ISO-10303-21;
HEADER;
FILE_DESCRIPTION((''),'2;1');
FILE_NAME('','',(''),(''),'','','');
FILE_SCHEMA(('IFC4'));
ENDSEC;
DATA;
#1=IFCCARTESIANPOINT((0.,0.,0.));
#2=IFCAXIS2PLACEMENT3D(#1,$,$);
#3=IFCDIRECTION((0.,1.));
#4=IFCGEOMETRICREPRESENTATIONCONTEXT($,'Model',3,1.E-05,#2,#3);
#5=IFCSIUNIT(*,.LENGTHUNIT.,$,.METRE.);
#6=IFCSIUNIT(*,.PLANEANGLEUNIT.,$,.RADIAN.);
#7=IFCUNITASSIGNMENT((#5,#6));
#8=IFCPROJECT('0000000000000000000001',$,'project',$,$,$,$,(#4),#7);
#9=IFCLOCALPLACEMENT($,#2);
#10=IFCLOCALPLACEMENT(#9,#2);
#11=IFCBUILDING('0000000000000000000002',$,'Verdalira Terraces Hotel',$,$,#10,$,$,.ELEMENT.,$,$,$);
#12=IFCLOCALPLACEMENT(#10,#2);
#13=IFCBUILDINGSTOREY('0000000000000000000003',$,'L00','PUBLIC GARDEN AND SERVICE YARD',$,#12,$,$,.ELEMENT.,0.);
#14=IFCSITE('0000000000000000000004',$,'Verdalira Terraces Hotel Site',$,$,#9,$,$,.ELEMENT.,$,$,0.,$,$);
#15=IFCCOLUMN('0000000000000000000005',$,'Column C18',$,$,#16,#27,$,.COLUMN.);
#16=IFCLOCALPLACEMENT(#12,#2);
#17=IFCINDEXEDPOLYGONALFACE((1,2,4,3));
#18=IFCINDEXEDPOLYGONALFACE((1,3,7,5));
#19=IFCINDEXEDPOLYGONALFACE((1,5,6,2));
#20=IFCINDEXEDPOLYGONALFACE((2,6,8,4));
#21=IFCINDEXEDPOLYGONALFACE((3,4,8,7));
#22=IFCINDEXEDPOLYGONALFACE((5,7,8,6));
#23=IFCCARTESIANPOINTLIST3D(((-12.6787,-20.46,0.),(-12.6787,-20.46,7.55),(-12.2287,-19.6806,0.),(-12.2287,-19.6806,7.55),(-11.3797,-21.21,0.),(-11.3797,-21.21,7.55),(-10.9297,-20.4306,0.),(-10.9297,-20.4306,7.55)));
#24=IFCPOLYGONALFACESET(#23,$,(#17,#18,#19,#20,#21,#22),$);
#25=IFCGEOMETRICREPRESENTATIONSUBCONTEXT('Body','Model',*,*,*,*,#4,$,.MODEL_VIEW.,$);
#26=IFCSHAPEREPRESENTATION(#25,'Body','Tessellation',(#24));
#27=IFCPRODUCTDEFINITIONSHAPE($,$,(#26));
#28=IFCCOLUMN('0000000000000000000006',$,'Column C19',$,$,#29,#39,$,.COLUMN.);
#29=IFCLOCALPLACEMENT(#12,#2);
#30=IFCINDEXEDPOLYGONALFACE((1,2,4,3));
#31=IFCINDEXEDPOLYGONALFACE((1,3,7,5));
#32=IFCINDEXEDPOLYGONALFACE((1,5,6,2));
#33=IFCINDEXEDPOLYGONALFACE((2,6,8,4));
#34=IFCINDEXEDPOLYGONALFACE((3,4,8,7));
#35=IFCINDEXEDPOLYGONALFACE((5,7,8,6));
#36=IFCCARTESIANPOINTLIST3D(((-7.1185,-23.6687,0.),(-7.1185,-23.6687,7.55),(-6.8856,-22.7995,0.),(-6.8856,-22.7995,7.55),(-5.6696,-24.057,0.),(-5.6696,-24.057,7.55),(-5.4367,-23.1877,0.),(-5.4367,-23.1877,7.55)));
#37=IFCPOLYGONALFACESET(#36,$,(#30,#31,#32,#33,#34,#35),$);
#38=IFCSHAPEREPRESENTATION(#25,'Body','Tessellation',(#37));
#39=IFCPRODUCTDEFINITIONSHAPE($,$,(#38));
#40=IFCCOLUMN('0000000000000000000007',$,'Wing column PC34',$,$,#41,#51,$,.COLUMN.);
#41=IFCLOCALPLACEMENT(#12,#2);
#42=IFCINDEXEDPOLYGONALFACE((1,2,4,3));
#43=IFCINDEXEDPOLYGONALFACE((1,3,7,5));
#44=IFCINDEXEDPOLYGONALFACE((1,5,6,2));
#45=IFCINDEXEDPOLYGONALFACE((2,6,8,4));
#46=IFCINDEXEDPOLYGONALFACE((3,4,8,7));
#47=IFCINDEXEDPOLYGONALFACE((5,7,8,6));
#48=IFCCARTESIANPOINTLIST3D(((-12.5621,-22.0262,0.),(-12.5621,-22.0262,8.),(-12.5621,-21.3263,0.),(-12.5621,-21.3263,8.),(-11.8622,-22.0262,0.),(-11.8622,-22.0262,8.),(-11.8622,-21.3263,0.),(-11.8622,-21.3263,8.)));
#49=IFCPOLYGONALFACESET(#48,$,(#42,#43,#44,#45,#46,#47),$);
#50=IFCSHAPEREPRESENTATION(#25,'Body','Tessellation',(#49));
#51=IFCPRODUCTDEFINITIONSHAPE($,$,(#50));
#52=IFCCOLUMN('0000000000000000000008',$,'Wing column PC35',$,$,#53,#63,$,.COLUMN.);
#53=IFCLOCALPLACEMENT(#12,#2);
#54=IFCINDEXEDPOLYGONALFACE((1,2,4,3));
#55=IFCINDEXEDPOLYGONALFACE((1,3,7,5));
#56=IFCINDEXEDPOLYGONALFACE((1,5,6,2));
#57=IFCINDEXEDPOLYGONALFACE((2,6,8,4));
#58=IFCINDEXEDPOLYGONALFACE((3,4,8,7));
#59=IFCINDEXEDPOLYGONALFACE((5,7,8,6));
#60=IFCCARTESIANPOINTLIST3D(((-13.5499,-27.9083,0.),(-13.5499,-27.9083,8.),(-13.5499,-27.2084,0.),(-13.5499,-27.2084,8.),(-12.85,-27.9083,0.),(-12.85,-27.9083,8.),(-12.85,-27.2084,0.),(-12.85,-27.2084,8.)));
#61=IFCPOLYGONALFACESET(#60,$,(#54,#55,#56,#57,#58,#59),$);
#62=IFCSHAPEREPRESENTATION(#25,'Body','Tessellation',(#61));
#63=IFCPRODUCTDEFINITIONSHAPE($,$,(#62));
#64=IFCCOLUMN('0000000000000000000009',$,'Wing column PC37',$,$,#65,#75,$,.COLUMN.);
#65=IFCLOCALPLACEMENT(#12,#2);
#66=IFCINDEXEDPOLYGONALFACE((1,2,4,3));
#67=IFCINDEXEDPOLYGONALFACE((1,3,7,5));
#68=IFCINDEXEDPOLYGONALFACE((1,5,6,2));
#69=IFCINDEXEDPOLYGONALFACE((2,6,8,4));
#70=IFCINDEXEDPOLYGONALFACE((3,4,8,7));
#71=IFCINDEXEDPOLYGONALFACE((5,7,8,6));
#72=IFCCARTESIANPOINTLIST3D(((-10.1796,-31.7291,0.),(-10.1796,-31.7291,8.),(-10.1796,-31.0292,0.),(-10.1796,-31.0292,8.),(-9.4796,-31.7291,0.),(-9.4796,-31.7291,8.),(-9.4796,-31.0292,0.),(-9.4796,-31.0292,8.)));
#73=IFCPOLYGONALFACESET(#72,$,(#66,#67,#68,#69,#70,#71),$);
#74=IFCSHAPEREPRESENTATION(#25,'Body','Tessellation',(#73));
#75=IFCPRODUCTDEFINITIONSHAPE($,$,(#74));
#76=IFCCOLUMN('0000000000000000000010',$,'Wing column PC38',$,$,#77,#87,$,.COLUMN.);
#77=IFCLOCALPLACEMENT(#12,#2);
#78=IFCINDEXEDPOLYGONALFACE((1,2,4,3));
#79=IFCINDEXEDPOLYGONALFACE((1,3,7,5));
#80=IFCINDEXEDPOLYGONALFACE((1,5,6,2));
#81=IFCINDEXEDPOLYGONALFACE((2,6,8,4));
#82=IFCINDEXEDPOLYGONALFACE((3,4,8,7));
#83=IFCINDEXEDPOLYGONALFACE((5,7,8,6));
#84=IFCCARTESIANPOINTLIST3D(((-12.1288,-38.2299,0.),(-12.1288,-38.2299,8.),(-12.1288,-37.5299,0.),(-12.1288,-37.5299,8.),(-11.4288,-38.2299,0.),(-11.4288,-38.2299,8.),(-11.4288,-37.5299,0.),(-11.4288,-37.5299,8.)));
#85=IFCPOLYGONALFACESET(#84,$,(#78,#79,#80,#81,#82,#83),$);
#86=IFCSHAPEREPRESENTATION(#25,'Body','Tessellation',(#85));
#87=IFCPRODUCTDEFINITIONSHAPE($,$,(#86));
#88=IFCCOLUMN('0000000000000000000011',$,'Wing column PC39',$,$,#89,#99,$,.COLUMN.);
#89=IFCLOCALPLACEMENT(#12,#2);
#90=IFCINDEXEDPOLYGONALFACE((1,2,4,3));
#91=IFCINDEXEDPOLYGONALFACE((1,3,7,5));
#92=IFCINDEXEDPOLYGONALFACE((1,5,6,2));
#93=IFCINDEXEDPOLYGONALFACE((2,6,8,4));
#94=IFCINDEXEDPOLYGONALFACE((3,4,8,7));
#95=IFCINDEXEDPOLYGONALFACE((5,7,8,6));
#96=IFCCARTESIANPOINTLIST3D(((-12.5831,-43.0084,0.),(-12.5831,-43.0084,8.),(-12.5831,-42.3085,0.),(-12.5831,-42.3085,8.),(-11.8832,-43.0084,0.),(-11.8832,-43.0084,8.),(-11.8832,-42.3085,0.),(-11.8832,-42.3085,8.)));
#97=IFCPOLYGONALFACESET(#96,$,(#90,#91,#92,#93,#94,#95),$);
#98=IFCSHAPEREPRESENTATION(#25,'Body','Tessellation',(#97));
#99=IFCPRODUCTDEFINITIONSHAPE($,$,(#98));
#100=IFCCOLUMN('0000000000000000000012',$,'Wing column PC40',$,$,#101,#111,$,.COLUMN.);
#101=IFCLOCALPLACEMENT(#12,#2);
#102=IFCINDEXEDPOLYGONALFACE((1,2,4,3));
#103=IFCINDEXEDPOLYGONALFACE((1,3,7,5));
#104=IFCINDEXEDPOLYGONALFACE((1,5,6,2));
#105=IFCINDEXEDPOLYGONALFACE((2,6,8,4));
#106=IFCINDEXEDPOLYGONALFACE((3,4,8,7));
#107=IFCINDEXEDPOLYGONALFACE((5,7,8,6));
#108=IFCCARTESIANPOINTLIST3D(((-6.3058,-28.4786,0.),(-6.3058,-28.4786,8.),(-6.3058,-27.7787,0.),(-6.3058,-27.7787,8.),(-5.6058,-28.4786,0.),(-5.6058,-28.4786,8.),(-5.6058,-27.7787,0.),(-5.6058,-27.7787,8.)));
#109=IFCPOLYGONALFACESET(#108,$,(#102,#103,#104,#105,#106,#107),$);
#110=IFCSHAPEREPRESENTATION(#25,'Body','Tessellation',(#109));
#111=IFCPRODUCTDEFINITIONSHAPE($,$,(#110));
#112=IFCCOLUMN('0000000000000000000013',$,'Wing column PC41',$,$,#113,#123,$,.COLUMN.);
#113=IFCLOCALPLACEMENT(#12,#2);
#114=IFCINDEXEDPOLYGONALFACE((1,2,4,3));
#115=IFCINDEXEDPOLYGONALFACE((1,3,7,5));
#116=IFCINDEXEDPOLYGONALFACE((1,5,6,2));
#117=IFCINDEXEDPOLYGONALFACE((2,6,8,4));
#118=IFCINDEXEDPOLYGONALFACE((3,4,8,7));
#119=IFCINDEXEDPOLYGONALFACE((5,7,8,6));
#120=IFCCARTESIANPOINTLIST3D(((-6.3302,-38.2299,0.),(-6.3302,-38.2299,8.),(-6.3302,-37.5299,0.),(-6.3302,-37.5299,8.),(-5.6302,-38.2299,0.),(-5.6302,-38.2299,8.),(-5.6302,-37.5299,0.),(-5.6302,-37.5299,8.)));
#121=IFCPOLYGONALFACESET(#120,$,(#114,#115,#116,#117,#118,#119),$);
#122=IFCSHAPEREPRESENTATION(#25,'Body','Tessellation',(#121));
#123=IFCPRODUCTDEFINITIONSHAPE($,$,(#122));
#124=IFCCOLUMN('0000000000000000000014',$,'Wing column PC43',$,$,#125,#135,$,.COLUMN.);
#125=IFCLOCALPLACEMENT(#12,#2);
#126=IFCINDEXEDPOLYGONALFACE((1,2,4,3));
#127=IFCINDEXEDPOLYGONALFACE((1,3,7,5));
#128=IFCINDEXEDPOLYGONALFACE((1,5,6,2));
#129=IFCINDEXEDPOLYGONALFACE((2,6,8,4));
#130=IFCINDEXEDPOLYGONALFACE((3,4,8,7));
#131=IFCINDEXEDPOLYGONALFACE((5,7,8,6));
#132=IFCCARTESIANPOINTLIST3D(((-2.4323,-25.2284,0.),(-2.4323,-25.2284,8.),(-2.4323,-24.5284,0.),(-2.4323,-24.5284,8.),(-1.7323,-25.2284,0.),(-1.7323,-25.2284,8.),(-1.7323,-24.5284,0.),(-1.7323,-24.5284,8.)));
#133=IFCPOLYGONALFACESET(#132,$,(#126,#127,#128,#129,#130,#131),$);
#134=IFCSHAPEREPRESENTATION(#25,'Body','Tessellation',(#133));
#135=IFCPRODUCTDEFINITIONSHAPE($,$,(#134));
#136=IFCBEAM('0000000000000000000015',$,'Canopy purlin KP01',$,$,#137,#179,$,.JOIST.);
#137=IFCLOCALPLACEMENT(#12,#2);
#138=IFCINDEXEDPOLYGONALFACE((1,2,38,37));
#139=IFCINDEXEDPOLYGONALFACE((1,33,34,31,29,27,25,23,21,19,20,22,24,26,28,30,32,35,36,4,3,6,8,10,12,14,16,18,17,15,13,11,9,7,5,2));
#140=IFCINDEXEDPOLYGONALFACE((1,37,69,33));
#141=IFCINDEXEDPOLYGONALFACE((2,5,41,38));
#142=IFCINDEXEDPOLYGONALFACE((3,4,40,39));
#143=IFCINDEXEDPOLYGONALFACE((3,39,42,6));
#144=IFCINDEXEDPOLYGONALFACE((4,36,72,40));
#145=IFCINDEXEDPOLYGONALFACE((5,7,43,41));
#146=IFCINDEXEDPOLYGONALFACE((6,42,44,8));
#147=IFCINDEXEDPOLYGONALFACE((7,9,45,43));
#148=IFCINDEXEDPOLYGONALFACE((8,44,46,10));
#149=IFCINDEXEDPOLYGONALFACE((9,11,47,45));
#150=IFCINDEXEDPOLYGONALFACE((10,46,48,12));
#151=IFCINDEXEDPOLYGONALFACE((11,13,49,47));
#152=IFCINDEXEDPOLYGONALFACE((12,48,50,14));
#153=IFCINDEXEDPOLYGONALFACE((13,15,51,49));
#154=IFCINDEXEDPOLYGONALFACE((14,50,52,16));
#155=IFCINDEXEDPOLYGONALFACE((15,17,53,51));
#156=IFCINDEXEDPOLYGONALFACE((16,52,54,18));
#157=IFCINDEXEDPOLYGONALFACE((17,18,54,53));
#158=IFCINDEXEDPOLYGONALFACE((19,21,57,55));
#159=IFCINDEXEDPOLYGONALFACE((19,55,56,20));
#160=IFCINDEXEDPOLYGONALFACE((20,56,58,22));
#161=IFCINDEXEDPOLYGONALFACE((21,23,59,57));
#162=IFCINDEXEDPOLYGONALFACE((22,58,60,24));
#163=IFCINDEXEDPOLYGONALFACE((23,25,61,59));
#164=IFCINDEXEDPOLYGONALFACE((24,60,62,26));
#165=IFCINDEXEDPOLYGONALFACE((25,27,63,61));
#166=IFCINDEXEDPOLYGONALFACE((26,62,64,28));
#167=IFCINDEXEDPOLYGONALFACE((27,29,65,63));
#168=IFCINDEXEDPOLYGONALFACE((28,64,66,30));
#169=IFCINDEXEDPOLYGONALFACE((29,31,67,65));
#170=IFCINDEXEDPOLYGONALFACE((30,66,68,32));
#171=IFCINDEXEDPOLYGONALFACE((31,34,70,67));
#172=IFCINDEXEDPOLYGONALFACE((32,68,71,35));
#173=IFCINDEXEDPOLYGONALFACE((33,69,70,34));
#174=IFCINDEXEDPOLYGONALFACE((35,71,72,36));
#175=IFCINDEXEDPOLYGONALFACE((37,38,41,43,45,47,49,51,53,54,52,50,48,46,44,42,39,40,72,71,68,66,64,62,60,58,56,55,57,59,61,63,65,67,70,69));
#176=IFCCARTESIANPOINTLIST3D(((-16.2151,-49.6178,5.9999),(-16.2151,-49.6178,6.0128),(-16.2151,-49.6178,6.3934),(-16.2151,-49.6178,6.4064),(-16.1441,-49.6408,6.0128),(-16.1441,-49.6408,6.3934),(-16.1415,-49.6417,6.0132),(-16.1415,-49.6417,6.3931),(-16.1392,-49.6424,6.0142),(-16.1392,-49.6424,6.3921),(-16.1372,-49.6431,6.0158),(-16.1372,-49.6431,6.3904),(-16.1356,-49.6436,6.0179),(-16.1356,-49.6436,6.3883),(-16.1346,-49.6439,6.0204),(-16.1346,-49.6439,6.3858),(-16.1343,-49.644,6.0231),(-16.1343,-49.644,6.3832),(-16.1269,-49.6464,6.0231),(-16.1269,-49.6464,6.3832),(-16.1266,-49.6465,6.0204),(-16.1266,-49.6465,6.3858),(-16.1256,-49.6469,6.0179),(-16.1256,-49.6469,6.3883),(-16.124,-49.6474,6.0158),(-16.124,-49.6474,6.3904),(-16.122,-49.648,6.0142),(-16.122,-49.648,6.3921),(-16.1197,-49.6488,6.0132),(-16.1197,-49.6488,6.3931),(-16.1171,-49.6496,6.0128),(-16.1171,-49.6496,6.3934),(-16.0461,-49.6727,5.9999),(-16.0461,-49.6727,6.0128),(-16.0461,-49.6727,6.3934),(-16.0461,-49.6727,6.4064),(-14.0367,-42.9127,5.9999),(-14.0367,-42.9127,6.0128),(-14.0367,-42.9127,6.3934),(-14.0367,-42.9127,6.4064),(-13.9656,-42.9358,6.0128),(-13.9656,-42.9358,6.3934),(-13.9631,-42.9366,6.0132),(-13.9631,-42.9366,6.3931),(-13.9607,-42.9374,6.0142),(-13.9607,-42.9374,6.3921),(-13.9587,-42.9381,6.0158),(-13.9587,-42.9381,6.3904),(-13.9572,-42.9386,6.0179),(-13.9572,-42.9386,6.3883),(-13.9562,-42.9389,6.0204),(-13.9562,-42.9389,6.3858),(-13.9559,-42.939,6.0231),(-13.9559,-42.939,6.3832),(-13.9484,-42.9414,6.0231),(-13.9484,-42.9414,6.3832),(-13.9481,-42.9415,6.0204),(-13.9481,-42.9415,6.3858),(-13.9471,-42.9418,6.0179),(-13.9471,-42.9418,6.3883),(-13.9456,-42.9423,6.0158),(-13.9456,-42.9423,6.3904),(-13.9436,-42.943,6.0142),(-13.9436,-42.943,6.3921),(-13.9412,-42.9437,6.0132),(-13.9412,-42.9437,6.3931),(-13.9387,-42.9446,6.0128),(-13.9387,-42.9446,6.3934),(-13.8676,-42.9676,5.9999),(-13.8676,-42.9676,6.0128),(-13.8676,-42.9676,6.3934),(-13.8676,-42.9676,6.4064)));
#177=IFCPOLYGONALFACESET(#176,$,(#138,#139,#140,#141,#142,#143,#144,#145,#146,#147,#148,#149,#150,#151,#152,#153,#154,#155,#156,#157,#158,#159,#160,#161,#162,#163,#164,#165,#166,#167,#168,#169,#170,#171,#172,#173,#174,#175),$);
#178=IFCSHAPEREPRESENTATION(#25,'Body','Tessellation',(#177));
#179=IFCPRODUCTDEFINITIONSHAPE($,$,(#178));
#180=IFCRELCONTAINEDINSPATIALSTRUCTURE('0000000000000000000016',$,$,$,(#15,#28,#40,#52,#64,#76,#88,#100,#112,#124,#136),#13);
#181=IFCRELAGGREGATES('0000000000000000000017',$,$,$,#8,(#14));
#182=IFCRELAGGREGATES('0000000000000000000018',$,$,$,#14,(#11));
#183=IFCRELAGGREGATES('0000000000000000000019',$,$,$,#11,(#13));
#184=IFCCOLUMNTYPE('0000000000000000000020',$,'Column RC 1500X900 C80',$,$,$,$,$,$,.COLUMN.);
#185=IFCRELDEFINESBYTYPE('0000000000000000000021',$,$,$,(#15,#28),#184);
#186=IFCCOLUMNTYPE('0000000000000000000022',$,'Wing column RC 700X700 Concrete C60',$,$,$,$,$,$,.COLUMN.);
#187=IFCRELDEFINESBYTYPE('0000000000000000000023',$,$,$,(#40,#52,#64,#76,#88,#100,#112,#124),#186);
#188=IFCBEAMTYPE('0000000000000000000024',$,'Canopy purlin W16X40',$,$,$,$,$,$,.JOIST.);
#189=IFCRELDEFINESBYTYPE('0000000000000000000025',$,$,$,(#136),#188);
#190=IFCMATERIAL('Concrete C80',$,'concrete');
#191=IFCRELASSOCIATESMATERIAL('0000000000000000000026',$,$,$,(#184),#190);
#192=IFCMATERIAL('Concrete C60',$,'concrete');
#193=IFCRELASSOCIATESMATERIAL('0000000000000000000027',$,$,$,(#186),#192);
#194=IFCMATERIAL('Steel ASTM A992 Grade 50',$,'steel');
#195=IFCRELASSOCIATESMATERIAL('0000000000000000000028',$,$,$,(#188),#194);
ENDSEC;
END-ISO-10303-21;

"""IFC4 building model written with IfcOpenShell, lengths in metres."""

from ifc_helpers import new_model, si_unit, direction, frame, origin, origin_2d, place, context, subcontext, project, spatial, rectangle, i_section, extrude, material, material_profile, profile_set, type_object, element, save


model = new_model("IFC4")

# Units and contexts
model_context = context("Model", 3, precision=1e-05, world=origin(), true_north=direction((0.0, 1.0)))
body_context = subcontext(model_context, "Body", "Model", "MODEL_VIEW")
ifc_project = project(units=[si_unit("LENGTHUNIT", "METRE"), si_unit("PLANEANGLEUNIT", "RADIAN")], contexts=[model_context])

# Site, building, storey
site_placement = place(None, origin())
site = spatial("IfcSite", under=ifc_project, at=site_placement, Name="Verdalira Terraces Hotel Site", CompositionType="ELEMENT", RefElevation=0.0)
building_placement = place(site_placement, origin())
building = spatial("IfcBuilding", under=site, at=building_placement, Name="Verdalira Terraces Hotel", CompositionType="ELEMENT")
storey_placement = place(building_placement, origin())
storey = spatial("IfcBuildingStorey", under=building, at=storey_placement, Name="L00", Description="PUBLIC GARDEN AND SERVICE YARD", CompositionType="ELEMENT", Elevation=0.0)

# Columns
ifc_material_1 = material(Name="Concrete C80", Category="concrete")
ifc_material_profile_1 = material_profile(ifc_material_1, rectangle(XDim=1.5, YDim=0.8999, at=origin_2d()), Name="RC 1500X900")
ifc_profile_set_1 = profile_set([ifc_material_profile_1], Name="Concrete C80")
column_type_1 = type_object("IfcColumnType", Name="Column RC 1500X900 C80", PredefinedType="COLUMN", material=ifc_profile_set_1)
for number, where, z_axis, x_axis, name in (
    (1, (-11.8042, -20.4453, 0.0), (0.0, 0.0, 1.0), (0.866025, -0.5, 0.0), "Column C18"),
    (2, (-6.2776, -23.4282, 0.0), (0.0, 0.0, 1.0), (-0.965926, 0.258819, 0.0), "Column C19"),
):
    element("IfcColumn", number, at=place(storey_placement, frame(where, z_axis=z_axis, x_axis=x_axis)), inside=storey, type_object=column_type_1, Name=name, PredefinedType="COLUMN", context=body_context, shape_type="SweptSolid", body=[
        extrude(rectangle(XDim=1.5, YDim=0.8999, at=origin_2d()), origin(), (0.0, 0.0, 1.0), 7.55),
    ])
ifc_material_2 = material(Name="Concrete C60", Category="concrete")
ifc_material_profile_2 = material_profile(ifc_material_2, rectangle(XDim=0.7, YDim=0.7, at=origin_2d()), Name="RC 700X700")
ifc_profile_set_2 = profile_set([ifc_material_profile_2], Name="Concrete C60")
column_type_2 = type_object("IfcColumnType", Name="Wing column RC 700X700 Concrete C60", PredefinedType="COLUMN", material=ifc_profile_set_2)
for number, where, z_axis, x_axis, name in (
    (3, (-12.2122, -21.6763, 0.0), (0.0, 0.0, 1.0), (0.0, -1.0, 0.0), "Wing column PC34"),
    (4, (-13.2, -27.5584, 0.0), (0.0, 0.0, 1.0), (0.0, -1.0, 0.0), "Wing column PC35"),
    (5, (-9.8296, -31.3791, 0.0), (0.0, 0.0, 1.0), (0.0, -1.0, 0.0), "Wing column PC37"),
    (6, (-11.7788, -37.8799, 0.0), (0.0, 0.0, 1.0), (0.0, -1.0, 0.0), "Wing column PC38"),
    (7, (-12.2332, -42.6584, 0.0), (0.0, 0.0, 1.0), (0.0, -1.0, 0.0), "Wing column PC39"),
    (8, (-5.9558, -28.1287, 0.0), (0.0, 0.0, 1.0), (0.0, -1.0, 0.0), "Wing column PC40"),
    (9, (-5.9802, -37.8799, 0.0), (0.0, 0.0, 1.0), (0.0, -1.0, 0.0), "Wing column PC41"),
    (10, (-2.0823, -24.8784, 0.0), (0.0, 0.0, 1.0), (0.0, -1.0, 0.0), "Wing column PC43"),
):
    element("IfcColumn", number, at=place(storey_placement, frame(where, z_axis=z_axis, x_axis=x_axis)), inside=storey, type_object=column_type_2, Name=name, PredefinedType="COLUMN", context=body_context, shape_type="SweptSolid", body=[
        extrude(rectangle(XDim=0.7, YDim=0.7, at=origin_2d()), origin(), (0.0, 0.0, 1.0), 8.0),
    ])

# Beam
ifc_material_3 = material(Name="Steel ASTM A992 Grade 50", Category="steel")
ifc_material_profile_3 = material_profile(ifc_material_3, i_section(OverallWidth=0.1777, OverallDepth=0.4065, WebThickness=0.0078, FlangeThickness=0.0129, FilletRadius=0.0103, at=origin_2d()), Name="W16X40")
ifc_profile_set_3 = profile_set([ifc_material_profile_3], Name="Steel ASTM A992 Grade 50")
beam_type = type_object("IfcBeamType", Name="Canopy purlin W16X40", PredefinedType="JOIST", material=ifc_profile_set_3)
beam_1_placement = place(storey_placement, frame((-13.9521, -42.9402, 6.2031), z_axis=(-0.308998, -0.951063, 0.0), x_axis=(0.951063, -0.308998, 0.0)))
element("IfcBeam", 11, at=beam_1_placement, inside=storey, type_object=beam_type, Name="Canopy purlin KP01", PredefinedType="JOIST", context=body_context, shape_type="SweptSolid", body=[
    extrude(i_section(OverallWidth=0.1777, OverallDepth=0.4065, WebThickness=0.0078, FlangeThickness=0.0129, FilletRadius=0.0103, at=origin_2d()), origin(), (0.0, 0.0, 1.0), 7.05),
])

save(model, "model.ifc")
